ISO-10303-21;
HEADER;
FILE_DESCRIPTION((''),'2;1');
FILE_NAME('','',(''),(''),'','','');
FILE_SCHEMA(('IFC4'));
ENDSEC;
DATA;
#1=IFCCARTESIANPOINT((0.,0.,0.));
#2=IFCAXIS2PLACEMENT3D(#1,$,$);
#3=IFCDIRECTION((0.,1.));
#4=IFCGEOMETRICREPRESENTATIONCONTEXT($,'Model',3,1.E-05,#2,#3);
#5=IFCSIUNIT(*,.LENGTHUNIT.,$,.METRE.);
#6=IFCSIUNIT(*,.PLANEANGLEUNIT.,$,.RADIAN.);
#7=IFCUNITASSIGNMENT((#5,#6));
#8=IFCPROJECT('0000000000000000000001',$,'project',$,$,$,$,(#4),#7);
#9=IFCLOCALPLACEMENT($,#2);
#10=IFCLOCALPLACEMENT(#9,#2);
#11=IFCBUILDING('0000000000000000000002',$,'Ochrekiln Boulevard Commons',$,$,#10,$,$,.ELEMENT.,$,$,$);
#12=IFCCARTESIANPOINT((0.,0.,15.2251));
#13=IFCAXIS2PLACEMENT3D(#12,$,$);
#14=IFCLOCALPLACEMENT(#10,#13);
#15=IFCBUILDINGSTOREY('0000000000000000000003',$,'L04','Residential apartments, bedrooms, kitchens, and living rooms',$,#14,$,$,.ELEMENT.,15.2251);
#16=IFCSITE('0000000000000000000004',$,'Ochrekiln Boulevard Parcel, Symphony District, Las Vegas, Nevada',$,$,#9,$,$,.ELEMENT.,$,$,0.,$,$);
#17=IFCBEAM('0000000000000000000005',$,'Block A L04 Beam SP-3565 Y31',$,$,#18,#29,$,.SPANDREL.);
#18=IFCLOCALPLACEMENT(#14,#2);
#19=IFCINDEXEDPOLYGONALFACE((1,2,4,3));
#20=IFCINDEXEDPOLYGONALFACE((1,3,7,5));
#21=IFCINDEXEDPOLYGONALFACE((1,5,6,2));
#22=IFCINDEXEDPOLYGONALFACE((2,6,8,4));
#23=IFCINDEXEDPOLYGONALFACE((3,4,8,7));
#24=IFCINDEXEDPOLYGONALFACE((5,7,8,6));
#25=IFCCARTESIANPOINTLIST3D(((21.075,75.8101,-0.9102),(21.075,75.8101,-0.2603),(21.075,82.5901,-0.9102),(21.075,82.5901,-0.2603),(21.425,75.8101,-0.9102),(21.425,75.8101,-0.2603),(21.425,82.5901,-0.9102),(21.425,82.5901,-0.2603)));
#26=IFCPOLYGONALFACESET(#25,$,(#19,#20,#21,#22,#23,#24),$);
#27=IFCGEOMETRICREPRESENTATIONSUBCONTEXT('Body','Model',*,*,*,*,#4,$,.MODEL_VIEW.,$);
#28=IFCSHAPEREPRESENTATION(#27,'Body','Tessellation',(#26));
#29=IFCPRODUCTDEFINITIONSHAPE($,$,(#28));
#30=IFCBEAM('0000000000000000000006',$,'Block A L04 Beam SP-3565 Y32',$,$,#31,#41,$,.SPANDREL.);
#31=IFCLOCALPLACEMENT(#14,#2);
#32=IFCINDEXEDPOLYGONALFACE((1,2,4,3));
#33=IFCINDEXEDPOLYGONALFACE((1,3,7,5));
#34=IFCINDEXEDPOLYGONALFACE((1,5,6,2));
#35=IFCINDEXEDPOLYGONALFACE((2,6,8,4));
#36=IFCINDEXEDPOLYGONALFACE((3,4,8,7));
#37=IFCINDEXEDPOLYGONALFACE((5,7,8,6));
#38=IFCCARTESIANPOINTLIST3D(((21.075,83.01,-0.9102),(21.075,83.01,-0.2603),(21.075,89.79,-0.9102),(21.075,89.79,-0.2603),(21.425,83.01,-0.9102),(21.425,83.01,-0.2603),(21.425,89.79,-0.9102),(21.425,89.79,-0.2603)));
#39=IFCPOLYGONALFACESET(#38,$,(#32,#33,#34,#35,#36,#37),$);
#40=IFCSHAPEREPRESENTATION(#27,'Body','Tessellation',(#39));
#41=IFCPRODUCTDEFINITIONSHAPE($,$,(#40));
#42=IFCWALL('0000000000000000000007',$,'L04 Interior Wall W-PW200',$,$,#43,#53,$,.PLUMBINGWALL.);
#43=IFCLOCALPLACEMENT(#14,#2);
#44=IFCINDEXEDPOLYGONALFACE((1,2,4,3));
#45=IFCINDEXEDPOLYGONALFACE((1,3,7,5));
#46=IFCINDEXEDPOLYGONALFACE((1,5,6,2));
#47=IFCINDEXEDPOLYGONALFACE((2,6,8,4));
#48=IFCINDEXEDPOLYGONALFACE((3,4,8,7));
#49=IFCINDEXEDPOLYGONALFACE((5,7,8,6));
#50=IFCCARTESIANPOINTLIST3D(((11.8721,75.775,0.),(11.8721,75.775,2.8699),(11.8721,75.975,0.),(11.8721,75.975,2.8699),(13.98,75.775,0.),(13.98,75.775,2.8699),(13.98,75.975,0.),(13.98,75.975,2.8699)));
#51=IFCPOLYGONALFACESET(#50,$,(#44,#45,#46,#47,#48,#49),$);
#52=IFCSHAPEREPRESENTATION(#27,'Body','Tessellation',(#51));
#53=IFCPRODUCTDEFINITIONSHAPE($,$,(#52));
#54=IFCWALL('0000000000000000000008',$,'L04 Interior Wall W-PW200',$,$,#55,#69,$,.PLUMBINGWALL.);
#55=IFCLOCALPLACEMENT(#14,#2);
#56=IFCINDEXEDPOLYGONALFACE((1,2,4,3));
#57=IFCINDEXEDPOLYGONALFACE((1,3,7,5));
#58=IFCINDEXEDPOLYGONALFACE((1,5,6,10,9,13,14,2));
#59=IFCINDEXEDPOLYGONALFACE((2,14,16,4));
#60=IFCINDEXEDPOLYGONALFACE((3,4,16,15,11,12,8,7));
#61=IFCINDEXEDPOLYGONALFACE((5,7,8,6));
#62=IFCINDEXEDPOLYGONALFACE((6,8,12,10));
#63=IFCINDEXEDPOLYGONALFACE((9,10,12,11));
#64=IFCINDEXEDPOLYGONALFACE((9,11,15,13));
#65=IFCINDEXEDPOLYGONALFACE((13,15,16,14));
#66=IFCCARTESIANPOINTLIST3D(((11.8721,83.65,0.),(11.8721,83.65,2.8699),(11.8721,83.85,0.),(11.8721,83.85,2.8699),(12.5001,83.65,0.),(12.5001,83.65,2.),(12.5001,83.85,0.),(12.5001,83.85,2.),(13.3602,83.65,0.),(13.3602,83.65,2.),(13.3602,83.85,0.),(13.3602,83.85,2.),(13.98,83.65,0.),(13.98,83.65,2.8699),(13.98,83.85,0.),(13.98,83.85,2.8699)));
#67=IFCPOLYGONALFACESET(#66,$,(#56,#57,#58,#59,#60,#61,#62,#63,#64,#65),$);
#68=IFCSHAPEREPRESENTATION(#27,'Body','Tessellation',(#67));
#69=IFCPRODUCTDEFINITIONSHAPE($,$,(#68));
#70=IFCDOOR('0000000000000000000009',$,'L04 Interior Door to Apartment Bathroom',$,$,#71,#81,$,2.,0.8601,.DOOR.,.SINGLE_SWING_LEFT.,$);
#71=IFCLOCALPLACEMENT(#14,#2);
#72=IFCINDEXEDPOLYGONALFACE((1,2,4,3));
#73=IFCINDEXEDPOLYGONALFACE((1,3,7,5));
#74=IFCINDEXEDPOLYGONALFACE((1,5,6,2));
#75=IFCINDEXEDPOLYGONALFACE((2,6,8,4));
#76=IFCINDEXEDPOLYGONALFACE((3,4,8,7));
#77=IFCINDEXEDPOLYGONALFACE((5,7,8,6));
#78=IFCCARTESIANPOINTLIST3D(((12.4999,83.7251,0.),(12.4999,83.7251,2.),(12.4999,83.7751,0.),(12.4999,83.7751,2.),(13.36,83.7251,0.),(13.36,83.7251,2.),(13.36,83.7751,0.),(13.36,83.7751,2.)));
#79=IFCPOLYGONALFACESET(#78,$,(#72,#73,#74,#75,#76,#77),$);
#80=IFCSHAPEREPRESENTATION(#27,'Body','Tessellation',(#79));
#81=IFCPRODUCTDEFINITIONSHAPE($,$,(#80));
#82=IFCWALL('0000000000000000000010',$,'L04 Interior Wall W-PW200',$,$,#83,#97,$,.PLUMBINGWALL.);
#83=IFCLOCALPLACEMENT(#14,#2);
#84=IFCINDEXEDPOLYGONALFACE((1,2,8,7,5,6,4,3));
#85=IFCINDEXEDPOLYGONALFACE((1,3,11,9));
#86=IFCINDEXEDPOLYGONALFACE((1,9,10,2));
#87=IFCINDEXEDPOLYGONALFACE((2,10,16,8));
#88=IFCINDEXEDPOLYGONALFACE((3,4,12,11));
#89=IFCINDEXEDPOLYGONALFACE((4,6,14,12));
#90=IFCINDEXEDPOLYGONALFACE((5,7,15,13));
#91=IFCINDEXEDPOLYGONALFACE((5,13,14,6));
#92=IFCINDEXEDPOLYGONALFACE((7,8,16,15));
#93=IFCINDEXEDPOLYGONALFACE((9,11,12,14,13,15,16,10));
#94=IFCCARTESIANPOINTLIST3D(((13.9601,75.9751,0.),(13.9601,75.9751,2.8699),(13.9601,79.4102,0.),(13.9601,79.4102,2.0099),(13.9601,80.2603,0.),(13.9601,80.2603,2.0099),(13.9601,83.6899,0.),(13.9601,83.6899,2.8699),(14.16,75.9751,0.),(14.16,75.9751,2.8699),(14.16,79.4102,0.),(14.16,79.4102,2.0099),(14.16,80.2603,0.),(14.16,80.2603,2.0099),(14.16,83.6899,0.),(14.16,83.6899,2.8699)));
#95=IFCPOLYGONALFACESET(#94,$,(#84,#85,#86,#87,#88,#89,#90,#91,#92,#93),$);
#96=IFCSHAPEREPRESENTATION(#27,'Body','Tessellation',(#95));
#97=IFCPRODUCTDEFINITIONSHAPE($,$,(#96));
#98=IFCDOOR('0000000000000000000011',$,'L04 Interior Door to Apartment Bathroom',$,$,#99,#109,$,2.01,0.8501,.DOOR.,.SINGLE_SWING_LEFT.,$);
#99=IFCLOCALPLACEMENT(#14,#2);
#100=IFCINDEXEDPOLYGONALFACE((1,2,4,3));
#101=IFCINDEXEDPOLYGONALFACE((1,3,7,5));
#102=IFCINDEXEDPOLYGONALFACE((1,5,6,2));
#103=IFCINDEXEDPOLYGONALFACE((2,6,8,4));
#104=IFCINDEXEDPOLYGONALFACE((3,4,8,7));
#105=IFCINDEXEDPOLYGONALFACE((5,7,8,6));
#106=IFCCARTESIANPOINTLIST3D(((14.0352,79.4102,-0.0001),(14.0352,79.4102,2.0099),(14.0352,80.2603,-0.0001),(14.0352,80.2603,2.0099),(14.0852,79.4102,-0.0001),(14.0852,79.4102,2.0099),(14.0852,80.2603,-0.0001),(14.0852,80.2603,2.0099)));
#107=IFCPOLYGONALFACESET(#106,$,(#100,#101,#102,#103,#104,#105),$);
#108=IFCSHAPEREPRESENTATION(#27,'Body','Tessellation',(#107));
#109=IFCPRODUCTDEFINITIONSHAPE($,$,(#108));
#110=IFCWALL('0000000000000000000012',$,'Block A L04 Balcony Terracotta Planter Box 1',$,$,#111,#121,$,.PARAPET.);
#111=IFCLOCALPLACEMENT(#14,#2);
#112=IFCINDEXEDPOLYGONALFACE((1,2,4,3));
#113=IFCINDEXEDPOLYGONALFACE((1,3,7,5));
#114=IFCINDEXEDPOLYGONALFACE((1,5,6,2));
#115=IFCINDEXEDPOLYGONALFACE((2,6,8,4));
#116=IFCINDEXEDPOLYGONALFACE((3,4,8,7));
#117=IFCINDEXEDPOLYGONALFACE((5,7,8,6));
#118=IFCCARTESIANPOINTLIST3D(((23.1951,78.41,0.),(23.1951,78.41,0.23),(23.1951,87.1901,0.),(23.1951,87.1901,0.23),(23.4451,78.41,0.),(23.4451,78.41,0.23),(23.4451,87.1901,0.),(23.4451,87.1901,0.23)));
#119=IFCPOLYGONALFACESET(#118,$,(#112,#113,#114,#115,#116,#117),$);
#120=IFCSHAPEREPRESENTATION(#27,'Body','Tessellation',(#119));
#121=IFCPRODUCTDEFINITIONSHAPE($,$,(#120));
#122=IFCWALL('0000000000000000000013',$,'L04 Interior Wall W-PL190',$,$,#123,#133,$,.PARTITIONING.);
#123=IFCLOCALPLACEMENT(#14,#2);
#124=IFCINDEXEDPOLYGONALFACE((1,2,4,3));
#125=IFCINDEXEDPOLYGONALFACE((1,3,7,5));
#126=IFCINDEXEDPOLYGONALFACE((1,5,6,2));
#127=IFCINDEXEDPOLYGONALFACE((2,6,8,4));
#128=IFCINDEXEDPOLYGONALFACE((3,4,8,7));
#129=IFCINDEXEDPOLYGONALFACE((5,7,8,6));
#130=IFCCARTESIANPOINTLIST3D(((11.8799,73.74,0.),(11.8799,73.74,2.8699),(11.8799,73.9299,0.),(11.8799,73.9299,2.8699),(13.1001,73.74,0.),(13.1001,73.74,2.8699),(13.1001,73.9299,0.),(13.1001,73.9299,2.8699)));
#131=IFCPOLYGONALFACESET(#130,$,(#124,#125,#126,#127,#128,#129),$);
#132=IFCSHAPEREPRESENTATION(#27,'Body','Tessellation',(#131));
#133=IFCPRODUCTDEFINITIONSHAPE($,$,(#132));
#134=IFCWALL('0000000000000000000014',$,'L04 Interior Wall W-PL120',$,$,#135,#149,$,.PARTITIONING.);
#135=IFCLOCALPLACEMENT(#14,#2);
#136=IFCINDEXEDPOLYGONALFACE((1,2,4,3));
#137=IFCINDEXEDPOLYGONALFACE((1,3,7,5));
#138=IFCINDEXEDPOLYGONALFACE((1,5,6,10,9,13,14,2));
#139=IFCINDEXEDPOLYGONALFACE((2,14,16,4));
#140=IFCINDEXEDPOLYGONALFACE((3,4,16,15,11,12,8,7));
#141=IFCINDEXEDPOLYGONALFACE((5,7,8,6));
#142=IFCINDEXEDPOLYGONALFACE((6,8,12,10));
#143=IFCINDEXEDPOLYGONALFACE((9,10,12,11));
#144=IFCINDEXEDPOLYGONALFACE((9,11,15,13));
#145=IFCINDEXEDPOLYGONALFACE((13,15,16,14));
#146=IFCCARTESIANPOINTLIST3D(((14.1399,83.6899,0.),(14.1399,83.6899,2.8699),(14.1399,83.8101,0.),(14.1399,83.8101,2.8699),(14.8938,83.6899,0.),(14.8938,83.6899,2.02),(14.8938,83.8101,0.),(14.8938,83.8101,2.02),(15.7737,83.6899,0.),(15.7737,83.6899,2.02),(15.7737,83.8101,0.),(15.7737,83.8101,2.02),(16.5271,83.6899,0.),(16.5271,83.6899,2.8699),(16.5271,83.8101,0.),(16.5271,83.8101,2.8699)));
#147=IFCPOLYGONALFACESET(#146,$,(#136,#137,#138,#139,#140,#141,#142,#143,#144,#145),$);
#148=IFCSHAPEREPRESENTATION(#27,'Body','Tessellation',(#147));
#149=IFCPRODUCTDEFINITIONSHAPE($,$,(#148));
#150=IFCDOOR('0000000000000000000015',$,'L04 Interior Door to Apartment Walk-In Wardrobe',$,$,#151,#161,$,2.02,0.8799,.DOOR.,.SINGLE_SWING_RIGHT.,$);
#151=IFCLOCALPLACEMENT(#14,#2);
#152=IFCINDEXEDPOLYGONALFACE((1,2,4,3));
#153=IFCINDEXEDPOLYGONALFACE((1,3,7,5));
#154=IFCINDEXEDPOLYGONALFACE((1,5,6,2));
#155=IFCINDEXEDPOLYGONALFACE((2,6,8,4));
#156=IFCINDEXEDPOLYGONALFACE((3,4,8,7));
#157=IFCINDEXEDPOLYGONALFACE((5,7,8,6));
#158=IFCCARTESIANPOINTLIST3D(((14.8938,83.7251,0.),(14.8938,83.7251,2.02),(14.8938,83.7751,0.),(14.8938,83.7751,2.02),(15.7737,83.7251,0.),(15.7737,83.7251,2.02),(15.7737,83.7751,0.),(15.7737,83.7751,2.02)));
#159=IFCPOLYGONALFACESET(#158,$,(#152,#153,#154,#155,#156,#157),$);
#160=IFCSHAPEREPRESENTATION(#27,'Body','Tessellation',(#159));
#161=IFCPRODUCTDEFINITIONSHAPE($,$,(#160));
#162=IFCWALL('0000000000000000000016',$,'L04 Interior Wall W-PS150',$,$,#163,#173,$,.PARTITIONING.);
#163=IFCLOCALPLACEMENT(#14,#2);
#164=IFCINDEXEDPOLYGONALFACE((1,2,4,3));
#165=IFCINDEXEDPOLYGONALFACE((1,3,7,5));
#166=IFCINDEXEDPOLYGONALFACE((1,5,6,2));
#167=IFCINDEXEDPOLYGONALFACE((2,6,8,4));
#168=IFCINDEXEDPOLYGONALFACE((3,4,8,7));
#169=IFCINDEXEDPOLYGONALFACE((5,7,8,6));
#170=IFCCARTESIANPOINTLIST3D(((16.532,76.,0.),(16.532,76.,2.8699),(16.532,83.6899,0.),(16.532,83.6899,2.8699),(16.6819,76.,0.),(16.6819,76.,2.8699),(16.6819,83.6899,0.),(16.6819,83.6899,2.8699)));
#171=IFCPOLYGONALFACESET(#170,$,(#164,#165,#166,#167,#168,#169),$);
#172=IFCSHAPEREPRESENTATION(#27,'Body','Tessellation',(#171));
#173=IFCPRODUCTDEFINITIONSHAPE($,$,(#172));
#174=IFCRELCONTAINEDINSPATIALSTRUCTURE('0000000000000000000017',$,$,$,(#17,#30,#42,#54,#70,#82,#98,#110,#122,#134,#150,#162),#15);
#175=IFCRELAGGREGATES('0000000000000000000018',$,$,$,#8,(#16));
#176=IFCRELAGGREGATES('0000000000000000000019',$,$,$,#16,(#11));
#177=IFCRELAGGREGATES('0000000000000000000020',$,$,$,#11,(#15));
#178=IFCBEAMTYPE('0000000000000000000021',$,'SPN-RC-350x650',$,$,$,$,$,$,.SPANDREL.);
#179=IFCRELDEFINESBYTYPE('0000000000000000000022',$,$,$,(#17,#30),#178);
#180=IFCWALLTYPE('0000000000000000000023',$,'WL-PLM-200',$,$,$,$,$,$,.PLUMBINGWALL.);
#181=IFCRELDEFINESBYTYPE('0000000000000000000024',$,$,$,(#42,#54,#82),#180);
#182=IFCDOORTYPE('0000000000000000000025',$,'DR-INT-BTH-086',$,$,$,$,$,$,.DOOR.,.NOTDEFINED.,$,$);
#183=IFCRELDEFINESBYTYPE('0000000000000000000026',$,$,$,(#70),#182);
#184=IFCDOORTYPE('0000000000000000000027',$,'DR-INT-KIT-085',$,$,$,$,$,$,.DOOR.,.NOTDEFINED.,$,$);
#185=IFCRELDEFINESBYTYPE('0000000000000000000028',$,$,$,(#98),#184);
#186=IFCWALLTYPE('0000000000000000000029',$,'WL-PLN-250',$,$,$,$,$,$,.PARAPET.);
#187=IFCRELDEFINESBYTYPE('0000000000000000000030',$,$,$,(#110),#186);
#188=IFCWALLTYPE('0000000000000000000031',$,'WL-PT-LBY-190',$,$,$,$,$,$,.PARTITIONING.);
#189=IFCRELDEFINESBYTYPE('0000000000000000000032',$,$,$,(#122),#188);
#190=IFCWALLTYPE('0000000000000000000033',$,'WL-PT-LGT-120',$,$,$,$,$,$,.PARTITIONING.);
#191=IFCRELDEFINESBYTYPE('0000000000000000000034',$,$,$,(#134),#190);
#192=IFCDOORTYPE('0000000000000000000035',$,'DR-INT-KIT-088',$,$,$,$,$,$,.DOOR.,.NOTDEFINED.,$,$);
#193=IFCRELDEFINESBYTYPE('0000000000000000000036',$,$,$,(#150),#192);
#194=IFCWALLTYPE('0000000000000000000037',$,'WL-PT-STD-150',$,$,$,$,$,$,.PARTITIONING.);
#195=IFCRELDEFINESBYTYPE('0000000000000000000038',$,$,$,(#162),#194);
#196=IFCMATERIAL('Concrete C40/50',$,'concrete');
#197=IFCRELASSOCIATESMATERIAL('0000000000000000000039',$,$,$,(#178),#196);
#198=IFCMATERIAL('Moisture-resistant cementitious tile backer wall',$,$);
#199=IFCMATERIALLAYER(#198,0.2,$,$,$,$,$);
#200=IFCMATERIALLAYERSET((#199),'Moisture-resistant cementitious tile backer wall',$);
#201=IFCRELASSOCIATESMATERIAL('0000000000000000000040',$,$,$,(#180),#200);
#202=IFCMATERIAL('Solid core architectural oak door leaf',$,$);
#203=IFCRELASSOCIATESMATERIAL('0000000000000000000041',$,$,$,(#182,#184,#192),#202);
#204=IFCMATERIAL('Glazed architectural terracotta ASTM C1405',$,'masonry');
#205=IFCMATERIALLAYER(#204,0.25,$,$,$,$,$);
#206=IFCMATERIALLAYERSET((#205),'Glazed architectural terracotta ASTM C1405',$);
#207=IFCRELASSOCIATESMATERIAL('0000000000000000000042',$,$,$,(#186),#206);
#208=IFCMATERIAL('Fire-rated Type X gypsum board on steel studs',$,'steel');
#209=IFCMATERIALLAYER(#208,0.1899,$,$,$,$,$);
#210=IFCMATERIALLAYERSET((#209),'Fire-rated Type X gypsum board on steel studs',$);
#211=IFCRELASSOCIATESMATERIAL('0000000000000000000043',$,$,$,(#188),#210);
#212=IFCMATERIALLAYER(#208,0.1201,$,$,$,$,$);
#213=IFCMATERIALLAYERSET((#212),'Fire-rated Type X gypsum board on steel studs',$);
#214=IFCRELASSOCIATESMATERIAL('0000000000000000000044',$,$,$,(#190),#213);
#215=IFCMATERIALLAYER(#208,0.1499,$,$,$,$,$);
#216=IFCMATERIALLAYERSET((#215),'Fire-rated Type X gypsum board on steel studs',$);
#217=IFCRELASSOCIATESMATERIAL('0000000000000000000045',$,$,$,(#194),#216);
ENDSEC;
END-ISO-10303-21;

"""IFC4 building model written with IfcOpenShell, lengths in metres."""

from ifc_helpers import new_model, si_unit, direction, frame, frame_2d, origin, origin_2d, place, context, subcontext, project, spatial, rectangle, extrude, material, layer, layer_set, material_profile, profile_set, type_object, element, fill, save


model = new_model("IFC4")

# Units and contexts
model_context = context("Model", 3, precision=1e-05, world=origin(), true_north=direction((0.0, 1.0)))
body_context = subcontext(model_context, "Body", "Model", "MODEL_VIEW")
ifc_project = project(units=[si_unit("LENGTHUNIT", "METRE"), si_unit("PLANEANGLEUNIT", "RADIAN")], contexts=[model_context])

# Site, building, storey
site_placement = place(None, origin())
site = spatial("IfcSite", under=ifc_project, at=site_placement, Name="Ochrekiln Boulevard Parcel, Symphony District, Las Vegas, Nevada", CompositionType="ELEMENT", RefElevation=0.0)
building_placement = place(site_placement, origin())
building = spatial("IfcBuilding", under=site, at=building_placement, Name="Ochrekiln Boulevard Commons", CompositionType="ELEMENT")
storey_placement = place(building_placement, frame((0.0, 0.0, 15.2251)))
storey = spatial("IfcBuildingStorey", under=building, at=storey_placement, Name="L04", Description="Residential apartments, bedrooms, kitchens, and living rooms", CompositionType="ELEMENT", Elevation=15.2251)

# Shared definitions
ifc_material_1 = material(Name="Concrete C40/50", Category="concrete")

# Beams
ifc_material_profile_1 = material_profile(ifc_material_1, rectangle(XDim=0.3501, YDim=0.6499, at=origin_2d()), Name="RC-SPN-350x650")
ifc_profile_set_1 = profile_set([ifc_material_profile_1], Name="Concrete C40/50")
beam_type_1 = type_object("IfcBeamType", Name="SPN-RC-350x650", PredefinedType="SPANDREL", material=ifc_profile_set_1)
for number, where, z_axis, x_axis, name in (
    (1, (21.25, 75.8101, -0.5852), (0.0, 1.0, 0.0), (-1.0, 0.0, 0.0), "Block A L04 Beam SP-3565 Y31"),
    (2, (21.25, 83.01, -0.5852), (0.0, 1.0, 0.0), (-1.0, 0.0, 0.0), "Block A L04 Beam SP-3565 Y32"),
):
    element("IfcBeam", number, at=place(storey_placement, frame(where, z_axis=z_axis, x_axis=x_axis)), inside=storey, type_object=beam_type_1, Name=name, PredefinedType="SPANDREL", context=body_context, shape_type="SweptSolid", body=[
        extrude(rectangle(XDim=0.3501, YDim=0.6499, at=origin_2d()), origin(), (0.0, 0.0, 1.0), 6.78),
    ])

# Wall
ifc_material_2 = material(Name="Moisture-resistant cementitious tile backer wall")
ifc_layer_1 = layer(ifc_material_2, 0.2)
ifc_layer_set_1 = layer_set([ifc_layer_1], Name="Moisture-resistant cementitious tile backer wall")
wall_type_1 = type_object("IfcWallType", Name="WL-PLM-200", PredefinedType="PLUMBINGWALL", material=ifc_layer_set_1)
wall_1_placement = place(storey_placement, frame((11.8721, 75.875, 0.0), z_axis=(0.0, 0.0, 1.0), x_axis=(1.0, 0.0, 0.0)))
element("IfcWall", 3, at=wall_1_placement, inside=storey, type_object=wall_type_1, Name="L04 Interior Wall W-PW200", PredefinedType="PLUMBINGWALL", context=body_context, shape_type="SweptSolid", body=[
    extrude(rectangle(XDim=2.1079, YDim=0.2, at=frame_2d((1.054, 0.0))), origin(), (0.0, 0.0, 1.0), 2.8699),
])

# Walls, openings, doors
wall_2_placement = place(storey_placement, frame((11.8721, 83.75, 0.0), z_axis=(0.0, 0.0, 1.0), x_axis=(1.0, 0.0, 0.0)))
wall_2 = element("IfcWall", 4, at=wall_2_placement, inside=storey, type_object=wall_type_1, Name="L04 Interior Wall W-PW200", PredefinedType="PLUMBINGWALL", context=body_context, shape_type="SweptSolid", body=[
    extrude(rectangle(XDim=2.1079, YDim=0.2, at=frame_2d((1.054, 0.0))), origin(), (0.0, 0.0, 1.0), 2.8699),
])
opening_1_placement = place(wall_2_placement, frame((0.6279, 0.0, 0.0)))
opening_1 = element("IfcOpeningElement", 5, at=opening_1_placement, cuts=wall_2, PredefinedType="OPENING", context=body_context, shape_type="SweptSolid", body=[
    extrude(rectangle(XDim=0.8601, YDim=2.0, at=frame_2d((0.4302, 1.0))), frame((0.0, 0.1099, 0.0), z_axis=(0.0, -1.0, 0.0), x_axis=(1.0, 0.0, 0.0)), (0.0, 0.0, 1.0), 0.22),
])
ifc_material_3 = material(Name="Solid core architectural oak door leaf")
door_type_1 = type_object("IfcDoorType", Name="DR-INT-BTH-086", OperationType="NOTDEFINED", PredefinedType="DOOR", material=ifc_material_3)
door_1_placement = place(opening_1_placement, frame((0.8601, 0.0, 0.0), z_axis=(0.0, 0.0, 1.0), x_axis=(-1.0, 0.0, 0.0)))
door_1 = element("IfcDoor", 6, at=door_1_placement, inside=storey, type_object=door_type_1, Name="L04 Interior Door to Apartment Bathroom", OperationType="SINGLE_SWING_LEFT", OverallHeight=2.0, OverallWidth=0.8601, PredefinedType="DOOR", context=body_context, shape_type="SweptSolid", body=[
    extrude(rectangle(XDim=0.8601, YDim=2.0, at=frame_2d((0.4302, 1.0))), frame((0.0, 0.0249, 0.0), z_axis=(0.0, -1.0, 0.0), x_axis=(1.0, 0.0, 0.0)), (0.0, 0.0, 1.0), 0.05),
])
fill(opening_1, door_1)
wall_3_placement = place(storey_placement, frame((14.0601, 75.9751, 0.0), z_axis=(0.0, 0.0, 1.0), x_axis=(0.0, 1.0, 0.0)))
wall_3 = element("IfcWall", 7, at=wall_3_placement, inside=storey, type_object=wall_type_1, Name="L04 Interior Wall W-PW200", PredefinedType="PLUMBINGWALL", context=body_context, shape_type="SweptSolid", body=[
    extrude(rectangle(XDim=7.7148, YDim=0.2, at=frame_2d((3.8574, 0.0))), origin(), (0.0, 0.0, 1.0), 2.8699),
])
opening_2_placement = place(wall_3_placement, frame((3.4351, 0.0, 0.0)))
opening_2 = element("IfcOpeningElement", 8, at=opening_2_placement, cuts=wall_3, PredefinedType="OPENING", context=body_context, shape_type="SweptSolid", body=[
    extrude(rectangle(XDim=0.8501, YDim=2.01, at=frame_2d((0.425, 1.0049))), frame((0.0, 0.1099, 0.0), z_axis=(0.0, -1.0, 0.0), x_axis=(1.0, 0.0, 0.0)), (0.0, 0.0, 1.0), 0.22),
])
door_type_2 = type_object("IfcDoorType", Name="DR-INT-KIT-085", OperationType="NOTDEFINED", PredefinedType="DOOR", material=ifc_material_3)
door_2_placement = place(opening_2_placement, origin())
door_2 = element("IfcDoor", 9, at=door_2_placement, inside=storey, type_object=door_type_2, Name="L04 Interior Door to Apartment Bathroom", OperationType="SINGLE_SWING_LEFT", OverallHeight=2.01, OverallWidth=0.8501, PredefinedType="DOOR", context=body_context, shape_type="SweptSolid", body=[
    extrude(rectangle(XDim=0.8501, YDim=2.01, at=frame_2d((0.425, 1.0049))), frame((0.0, 0.0249, 0.0), z_axis=(0.0, -1.0, 0.0), x_axis=(1.0, 0.0, 0.0)), (0.0, 0.0, 1.0), 0.05),
])
fill(opening_2, door_2)

# Walls
ifc_material_4 = material(Name="Glazed architectural terracotta ASTM C1405", Category="masonry")
ifc_layer_2 = layer(ifc_material_4, 0.25)
ifc_layer_set_2 = layer_set([ifc_layer_2], Name="Glazed architectural terracotta ASTM C1405")
wall_type_2 = type_object("IfcWallType", Name="WL-PLN-250", PredefinedType="PARAPET", material=ifc_layer_set_2)
wall_4_placement = place(storey_placement, frame((23.3201, 78.4099, 0.0), z_axis=(0.0, 0.0, 1.0), x_axis=(0.0, 1.0, 0.0)))
element("IfcWall", 10, at=wall_4_placement, inside=storey, type_object=wall_type_2, Name="Block A L04 Balcony Terracotta Planter Box 1", PredefinedType="PARAPET", context=body_context, shape_type="SweptSolid", body=[
    extrude(rectangle(XDim=8.78, YDim=0.25, at=frame_2d((4.3901, 0.0))), origin(), (0.0, 0.0, 1.0), 0.23),
])
ifc_material_5 = material(Name="Fire-rated Type X gypsum board on steel studs", Category="steel")
ifc_layer_3 = layer(ifc_material_5, 0.1899)
ifc_layer_set_3 = layer_set([ifc_layer_3], Name="Fire-rated Type X gypsum board on steel studs")
wall_type_3 = type_object("IfcWallType", Name="WL-PT-LBY-190", PredefinedType="PARTITIONING", material=ifc_layer_set_3)
wall_5_placement = place(storey_placement, frame((11.8799, 73.835, 0.0), z_axis=(0.0, 0.0, 1.0), x_axis=(1.0, 0.0, 0.0)))
element("IfcWall", 11, at=wall_5_placement, inside=storey, type_object=wall_type_3, Name="L04 Interior Wall W-PL190", PredefinedType="PARTITIONING", context=body_context, shape_type="SweptSolid", body=[
    extrude(rectangle(XDim=1.2202, YDim=0.1899, at=frame_2d((0.6101, 0.0))), origin(), (0.0, 0.0, 1.0), 2.8699),
])

# Wall, opening, door
ifc_layer_4 = layer(ifc_material_5, 0.1201)
ifc_layer_set_4 = layer_set([ifc_layer_4], Name="Fire-rated Type X gypsum board on steel studs")
wall_type_4 = type_object("IfcWallType", Name="WL-PT-LGT-120", PredefinedType="PARTITIONING", material=ifc_layer_set_4)
wall_6_placement = place(storey_placement, frame((14.1399, 83.75, 0.0), z_axis=(0.0, 0.0, 1.0), x_axis=(1.0, 0.0, 0.0)))
wall_6 = element("IfcWall", 12, at=wall_6_placement, inside=storey, type_object=wall_type_4, Name="L04 Interior Wall W-PL120", PredefinedType="PARTITIONING", context=body_context, shape_type="SweptSolid", body=[
    extrude(rectangle(XDim=2.3872, YDim=0.1201, at=frame_2d((1.1936, 0.0))), origin(), (0.0, 0.0, 1.0), 2.8699),
])
opening_3_placement = place(wall_6_placement, frame((0.7539, 0.0, 0.0)))
opening_3 = element("IfcOpeningElement", 13, at=opening_3_placement, cuts=wall_6, PredefinedType="OPENING", context=body_context, shape_type="SweptSolid", body=[
    extrude(rectangle(XDim=0.8799, YDim=2.02, at=frame_2d((0.4399, 1.01))), frame((0.0, 0.0701, 0.0), z_axis=(0.0, -1.0, 0.0), x_axis=(1.0, 0.0, 0.0)), (0.0, 0.0, 1.0), 0.1401),
])
door_type_3 = type_object("IfcDoorType", Name="DR-INT-KIT-088", OperationType="NOTDEFINED", PredefinedType="DOOR", material=ifc_material_3)
door_3_placement = place(opening_3_placement, frame((0.8799, 0.0, 0.0), z_axis=(0.0, 0.0, 1.0), x_axis=(-1.0, 0.0, 0.0)))
door_3 = element("IfcDoor", 14, at=door_3_placement, inside=storey, type_object=door_type_3, Name="L04 Interior Door to Apartment Walk-In Wardrobe", OperationType="SINGLE_SWING_RIGHT", OverallHeight=2.02, OverallWidth=0.8799, PredefinedType="DOOR", context=body_context, shape_type="SweptSolid", body=[
    extrude(rectangle(XDim=0.8799, YDim=2.02, at=frame_2d((0.4399, 1.01))), frame((0.0, 0.0249, 0.0), z_axis=(0.0, -1.0, 0.0), x_axis=(1.0, 0.0, 0.0)), (0.0, 0.0, 1.0), 0.05),
])
fill(opening_3, door_3)

# Wall
ifc_layer_5 = layer(ifc_material_5, 0.1499)
ifc_layer_set_5 = layer_set([ifc_layer_5], Name="Fire-rated Type X gypsum board on steel studs")
wall_type_5 = type_object("IfcWallType", Name="WL-PT-STD-150", PredefinedType="PARTITIONING", material=ifc_layer_set_5)
wall_7_placement = place(storey_placement, frame((16.6069, 76.0, 0.0), z_axis=(0.0, 0.0, 1.0), x_axis=(0.0, 1.0, 0.0)))
element("IfcWall", 15, at=wall_7_placement, inside=storey, type_object=wall_type_5, Name="L04 Interior Wall W-PS150", PredefinedType="PARTITIONING", context=body_context, shape_type="SweptSolid", body=[
    extrude(rectangle(XDim=7.6899, YDim=0.1499, at=frame_2d((3.845, 0.0))), origin(), (0.0, 0.0, 1.0), 2.8699),
])

save(model, "model.ifc")
